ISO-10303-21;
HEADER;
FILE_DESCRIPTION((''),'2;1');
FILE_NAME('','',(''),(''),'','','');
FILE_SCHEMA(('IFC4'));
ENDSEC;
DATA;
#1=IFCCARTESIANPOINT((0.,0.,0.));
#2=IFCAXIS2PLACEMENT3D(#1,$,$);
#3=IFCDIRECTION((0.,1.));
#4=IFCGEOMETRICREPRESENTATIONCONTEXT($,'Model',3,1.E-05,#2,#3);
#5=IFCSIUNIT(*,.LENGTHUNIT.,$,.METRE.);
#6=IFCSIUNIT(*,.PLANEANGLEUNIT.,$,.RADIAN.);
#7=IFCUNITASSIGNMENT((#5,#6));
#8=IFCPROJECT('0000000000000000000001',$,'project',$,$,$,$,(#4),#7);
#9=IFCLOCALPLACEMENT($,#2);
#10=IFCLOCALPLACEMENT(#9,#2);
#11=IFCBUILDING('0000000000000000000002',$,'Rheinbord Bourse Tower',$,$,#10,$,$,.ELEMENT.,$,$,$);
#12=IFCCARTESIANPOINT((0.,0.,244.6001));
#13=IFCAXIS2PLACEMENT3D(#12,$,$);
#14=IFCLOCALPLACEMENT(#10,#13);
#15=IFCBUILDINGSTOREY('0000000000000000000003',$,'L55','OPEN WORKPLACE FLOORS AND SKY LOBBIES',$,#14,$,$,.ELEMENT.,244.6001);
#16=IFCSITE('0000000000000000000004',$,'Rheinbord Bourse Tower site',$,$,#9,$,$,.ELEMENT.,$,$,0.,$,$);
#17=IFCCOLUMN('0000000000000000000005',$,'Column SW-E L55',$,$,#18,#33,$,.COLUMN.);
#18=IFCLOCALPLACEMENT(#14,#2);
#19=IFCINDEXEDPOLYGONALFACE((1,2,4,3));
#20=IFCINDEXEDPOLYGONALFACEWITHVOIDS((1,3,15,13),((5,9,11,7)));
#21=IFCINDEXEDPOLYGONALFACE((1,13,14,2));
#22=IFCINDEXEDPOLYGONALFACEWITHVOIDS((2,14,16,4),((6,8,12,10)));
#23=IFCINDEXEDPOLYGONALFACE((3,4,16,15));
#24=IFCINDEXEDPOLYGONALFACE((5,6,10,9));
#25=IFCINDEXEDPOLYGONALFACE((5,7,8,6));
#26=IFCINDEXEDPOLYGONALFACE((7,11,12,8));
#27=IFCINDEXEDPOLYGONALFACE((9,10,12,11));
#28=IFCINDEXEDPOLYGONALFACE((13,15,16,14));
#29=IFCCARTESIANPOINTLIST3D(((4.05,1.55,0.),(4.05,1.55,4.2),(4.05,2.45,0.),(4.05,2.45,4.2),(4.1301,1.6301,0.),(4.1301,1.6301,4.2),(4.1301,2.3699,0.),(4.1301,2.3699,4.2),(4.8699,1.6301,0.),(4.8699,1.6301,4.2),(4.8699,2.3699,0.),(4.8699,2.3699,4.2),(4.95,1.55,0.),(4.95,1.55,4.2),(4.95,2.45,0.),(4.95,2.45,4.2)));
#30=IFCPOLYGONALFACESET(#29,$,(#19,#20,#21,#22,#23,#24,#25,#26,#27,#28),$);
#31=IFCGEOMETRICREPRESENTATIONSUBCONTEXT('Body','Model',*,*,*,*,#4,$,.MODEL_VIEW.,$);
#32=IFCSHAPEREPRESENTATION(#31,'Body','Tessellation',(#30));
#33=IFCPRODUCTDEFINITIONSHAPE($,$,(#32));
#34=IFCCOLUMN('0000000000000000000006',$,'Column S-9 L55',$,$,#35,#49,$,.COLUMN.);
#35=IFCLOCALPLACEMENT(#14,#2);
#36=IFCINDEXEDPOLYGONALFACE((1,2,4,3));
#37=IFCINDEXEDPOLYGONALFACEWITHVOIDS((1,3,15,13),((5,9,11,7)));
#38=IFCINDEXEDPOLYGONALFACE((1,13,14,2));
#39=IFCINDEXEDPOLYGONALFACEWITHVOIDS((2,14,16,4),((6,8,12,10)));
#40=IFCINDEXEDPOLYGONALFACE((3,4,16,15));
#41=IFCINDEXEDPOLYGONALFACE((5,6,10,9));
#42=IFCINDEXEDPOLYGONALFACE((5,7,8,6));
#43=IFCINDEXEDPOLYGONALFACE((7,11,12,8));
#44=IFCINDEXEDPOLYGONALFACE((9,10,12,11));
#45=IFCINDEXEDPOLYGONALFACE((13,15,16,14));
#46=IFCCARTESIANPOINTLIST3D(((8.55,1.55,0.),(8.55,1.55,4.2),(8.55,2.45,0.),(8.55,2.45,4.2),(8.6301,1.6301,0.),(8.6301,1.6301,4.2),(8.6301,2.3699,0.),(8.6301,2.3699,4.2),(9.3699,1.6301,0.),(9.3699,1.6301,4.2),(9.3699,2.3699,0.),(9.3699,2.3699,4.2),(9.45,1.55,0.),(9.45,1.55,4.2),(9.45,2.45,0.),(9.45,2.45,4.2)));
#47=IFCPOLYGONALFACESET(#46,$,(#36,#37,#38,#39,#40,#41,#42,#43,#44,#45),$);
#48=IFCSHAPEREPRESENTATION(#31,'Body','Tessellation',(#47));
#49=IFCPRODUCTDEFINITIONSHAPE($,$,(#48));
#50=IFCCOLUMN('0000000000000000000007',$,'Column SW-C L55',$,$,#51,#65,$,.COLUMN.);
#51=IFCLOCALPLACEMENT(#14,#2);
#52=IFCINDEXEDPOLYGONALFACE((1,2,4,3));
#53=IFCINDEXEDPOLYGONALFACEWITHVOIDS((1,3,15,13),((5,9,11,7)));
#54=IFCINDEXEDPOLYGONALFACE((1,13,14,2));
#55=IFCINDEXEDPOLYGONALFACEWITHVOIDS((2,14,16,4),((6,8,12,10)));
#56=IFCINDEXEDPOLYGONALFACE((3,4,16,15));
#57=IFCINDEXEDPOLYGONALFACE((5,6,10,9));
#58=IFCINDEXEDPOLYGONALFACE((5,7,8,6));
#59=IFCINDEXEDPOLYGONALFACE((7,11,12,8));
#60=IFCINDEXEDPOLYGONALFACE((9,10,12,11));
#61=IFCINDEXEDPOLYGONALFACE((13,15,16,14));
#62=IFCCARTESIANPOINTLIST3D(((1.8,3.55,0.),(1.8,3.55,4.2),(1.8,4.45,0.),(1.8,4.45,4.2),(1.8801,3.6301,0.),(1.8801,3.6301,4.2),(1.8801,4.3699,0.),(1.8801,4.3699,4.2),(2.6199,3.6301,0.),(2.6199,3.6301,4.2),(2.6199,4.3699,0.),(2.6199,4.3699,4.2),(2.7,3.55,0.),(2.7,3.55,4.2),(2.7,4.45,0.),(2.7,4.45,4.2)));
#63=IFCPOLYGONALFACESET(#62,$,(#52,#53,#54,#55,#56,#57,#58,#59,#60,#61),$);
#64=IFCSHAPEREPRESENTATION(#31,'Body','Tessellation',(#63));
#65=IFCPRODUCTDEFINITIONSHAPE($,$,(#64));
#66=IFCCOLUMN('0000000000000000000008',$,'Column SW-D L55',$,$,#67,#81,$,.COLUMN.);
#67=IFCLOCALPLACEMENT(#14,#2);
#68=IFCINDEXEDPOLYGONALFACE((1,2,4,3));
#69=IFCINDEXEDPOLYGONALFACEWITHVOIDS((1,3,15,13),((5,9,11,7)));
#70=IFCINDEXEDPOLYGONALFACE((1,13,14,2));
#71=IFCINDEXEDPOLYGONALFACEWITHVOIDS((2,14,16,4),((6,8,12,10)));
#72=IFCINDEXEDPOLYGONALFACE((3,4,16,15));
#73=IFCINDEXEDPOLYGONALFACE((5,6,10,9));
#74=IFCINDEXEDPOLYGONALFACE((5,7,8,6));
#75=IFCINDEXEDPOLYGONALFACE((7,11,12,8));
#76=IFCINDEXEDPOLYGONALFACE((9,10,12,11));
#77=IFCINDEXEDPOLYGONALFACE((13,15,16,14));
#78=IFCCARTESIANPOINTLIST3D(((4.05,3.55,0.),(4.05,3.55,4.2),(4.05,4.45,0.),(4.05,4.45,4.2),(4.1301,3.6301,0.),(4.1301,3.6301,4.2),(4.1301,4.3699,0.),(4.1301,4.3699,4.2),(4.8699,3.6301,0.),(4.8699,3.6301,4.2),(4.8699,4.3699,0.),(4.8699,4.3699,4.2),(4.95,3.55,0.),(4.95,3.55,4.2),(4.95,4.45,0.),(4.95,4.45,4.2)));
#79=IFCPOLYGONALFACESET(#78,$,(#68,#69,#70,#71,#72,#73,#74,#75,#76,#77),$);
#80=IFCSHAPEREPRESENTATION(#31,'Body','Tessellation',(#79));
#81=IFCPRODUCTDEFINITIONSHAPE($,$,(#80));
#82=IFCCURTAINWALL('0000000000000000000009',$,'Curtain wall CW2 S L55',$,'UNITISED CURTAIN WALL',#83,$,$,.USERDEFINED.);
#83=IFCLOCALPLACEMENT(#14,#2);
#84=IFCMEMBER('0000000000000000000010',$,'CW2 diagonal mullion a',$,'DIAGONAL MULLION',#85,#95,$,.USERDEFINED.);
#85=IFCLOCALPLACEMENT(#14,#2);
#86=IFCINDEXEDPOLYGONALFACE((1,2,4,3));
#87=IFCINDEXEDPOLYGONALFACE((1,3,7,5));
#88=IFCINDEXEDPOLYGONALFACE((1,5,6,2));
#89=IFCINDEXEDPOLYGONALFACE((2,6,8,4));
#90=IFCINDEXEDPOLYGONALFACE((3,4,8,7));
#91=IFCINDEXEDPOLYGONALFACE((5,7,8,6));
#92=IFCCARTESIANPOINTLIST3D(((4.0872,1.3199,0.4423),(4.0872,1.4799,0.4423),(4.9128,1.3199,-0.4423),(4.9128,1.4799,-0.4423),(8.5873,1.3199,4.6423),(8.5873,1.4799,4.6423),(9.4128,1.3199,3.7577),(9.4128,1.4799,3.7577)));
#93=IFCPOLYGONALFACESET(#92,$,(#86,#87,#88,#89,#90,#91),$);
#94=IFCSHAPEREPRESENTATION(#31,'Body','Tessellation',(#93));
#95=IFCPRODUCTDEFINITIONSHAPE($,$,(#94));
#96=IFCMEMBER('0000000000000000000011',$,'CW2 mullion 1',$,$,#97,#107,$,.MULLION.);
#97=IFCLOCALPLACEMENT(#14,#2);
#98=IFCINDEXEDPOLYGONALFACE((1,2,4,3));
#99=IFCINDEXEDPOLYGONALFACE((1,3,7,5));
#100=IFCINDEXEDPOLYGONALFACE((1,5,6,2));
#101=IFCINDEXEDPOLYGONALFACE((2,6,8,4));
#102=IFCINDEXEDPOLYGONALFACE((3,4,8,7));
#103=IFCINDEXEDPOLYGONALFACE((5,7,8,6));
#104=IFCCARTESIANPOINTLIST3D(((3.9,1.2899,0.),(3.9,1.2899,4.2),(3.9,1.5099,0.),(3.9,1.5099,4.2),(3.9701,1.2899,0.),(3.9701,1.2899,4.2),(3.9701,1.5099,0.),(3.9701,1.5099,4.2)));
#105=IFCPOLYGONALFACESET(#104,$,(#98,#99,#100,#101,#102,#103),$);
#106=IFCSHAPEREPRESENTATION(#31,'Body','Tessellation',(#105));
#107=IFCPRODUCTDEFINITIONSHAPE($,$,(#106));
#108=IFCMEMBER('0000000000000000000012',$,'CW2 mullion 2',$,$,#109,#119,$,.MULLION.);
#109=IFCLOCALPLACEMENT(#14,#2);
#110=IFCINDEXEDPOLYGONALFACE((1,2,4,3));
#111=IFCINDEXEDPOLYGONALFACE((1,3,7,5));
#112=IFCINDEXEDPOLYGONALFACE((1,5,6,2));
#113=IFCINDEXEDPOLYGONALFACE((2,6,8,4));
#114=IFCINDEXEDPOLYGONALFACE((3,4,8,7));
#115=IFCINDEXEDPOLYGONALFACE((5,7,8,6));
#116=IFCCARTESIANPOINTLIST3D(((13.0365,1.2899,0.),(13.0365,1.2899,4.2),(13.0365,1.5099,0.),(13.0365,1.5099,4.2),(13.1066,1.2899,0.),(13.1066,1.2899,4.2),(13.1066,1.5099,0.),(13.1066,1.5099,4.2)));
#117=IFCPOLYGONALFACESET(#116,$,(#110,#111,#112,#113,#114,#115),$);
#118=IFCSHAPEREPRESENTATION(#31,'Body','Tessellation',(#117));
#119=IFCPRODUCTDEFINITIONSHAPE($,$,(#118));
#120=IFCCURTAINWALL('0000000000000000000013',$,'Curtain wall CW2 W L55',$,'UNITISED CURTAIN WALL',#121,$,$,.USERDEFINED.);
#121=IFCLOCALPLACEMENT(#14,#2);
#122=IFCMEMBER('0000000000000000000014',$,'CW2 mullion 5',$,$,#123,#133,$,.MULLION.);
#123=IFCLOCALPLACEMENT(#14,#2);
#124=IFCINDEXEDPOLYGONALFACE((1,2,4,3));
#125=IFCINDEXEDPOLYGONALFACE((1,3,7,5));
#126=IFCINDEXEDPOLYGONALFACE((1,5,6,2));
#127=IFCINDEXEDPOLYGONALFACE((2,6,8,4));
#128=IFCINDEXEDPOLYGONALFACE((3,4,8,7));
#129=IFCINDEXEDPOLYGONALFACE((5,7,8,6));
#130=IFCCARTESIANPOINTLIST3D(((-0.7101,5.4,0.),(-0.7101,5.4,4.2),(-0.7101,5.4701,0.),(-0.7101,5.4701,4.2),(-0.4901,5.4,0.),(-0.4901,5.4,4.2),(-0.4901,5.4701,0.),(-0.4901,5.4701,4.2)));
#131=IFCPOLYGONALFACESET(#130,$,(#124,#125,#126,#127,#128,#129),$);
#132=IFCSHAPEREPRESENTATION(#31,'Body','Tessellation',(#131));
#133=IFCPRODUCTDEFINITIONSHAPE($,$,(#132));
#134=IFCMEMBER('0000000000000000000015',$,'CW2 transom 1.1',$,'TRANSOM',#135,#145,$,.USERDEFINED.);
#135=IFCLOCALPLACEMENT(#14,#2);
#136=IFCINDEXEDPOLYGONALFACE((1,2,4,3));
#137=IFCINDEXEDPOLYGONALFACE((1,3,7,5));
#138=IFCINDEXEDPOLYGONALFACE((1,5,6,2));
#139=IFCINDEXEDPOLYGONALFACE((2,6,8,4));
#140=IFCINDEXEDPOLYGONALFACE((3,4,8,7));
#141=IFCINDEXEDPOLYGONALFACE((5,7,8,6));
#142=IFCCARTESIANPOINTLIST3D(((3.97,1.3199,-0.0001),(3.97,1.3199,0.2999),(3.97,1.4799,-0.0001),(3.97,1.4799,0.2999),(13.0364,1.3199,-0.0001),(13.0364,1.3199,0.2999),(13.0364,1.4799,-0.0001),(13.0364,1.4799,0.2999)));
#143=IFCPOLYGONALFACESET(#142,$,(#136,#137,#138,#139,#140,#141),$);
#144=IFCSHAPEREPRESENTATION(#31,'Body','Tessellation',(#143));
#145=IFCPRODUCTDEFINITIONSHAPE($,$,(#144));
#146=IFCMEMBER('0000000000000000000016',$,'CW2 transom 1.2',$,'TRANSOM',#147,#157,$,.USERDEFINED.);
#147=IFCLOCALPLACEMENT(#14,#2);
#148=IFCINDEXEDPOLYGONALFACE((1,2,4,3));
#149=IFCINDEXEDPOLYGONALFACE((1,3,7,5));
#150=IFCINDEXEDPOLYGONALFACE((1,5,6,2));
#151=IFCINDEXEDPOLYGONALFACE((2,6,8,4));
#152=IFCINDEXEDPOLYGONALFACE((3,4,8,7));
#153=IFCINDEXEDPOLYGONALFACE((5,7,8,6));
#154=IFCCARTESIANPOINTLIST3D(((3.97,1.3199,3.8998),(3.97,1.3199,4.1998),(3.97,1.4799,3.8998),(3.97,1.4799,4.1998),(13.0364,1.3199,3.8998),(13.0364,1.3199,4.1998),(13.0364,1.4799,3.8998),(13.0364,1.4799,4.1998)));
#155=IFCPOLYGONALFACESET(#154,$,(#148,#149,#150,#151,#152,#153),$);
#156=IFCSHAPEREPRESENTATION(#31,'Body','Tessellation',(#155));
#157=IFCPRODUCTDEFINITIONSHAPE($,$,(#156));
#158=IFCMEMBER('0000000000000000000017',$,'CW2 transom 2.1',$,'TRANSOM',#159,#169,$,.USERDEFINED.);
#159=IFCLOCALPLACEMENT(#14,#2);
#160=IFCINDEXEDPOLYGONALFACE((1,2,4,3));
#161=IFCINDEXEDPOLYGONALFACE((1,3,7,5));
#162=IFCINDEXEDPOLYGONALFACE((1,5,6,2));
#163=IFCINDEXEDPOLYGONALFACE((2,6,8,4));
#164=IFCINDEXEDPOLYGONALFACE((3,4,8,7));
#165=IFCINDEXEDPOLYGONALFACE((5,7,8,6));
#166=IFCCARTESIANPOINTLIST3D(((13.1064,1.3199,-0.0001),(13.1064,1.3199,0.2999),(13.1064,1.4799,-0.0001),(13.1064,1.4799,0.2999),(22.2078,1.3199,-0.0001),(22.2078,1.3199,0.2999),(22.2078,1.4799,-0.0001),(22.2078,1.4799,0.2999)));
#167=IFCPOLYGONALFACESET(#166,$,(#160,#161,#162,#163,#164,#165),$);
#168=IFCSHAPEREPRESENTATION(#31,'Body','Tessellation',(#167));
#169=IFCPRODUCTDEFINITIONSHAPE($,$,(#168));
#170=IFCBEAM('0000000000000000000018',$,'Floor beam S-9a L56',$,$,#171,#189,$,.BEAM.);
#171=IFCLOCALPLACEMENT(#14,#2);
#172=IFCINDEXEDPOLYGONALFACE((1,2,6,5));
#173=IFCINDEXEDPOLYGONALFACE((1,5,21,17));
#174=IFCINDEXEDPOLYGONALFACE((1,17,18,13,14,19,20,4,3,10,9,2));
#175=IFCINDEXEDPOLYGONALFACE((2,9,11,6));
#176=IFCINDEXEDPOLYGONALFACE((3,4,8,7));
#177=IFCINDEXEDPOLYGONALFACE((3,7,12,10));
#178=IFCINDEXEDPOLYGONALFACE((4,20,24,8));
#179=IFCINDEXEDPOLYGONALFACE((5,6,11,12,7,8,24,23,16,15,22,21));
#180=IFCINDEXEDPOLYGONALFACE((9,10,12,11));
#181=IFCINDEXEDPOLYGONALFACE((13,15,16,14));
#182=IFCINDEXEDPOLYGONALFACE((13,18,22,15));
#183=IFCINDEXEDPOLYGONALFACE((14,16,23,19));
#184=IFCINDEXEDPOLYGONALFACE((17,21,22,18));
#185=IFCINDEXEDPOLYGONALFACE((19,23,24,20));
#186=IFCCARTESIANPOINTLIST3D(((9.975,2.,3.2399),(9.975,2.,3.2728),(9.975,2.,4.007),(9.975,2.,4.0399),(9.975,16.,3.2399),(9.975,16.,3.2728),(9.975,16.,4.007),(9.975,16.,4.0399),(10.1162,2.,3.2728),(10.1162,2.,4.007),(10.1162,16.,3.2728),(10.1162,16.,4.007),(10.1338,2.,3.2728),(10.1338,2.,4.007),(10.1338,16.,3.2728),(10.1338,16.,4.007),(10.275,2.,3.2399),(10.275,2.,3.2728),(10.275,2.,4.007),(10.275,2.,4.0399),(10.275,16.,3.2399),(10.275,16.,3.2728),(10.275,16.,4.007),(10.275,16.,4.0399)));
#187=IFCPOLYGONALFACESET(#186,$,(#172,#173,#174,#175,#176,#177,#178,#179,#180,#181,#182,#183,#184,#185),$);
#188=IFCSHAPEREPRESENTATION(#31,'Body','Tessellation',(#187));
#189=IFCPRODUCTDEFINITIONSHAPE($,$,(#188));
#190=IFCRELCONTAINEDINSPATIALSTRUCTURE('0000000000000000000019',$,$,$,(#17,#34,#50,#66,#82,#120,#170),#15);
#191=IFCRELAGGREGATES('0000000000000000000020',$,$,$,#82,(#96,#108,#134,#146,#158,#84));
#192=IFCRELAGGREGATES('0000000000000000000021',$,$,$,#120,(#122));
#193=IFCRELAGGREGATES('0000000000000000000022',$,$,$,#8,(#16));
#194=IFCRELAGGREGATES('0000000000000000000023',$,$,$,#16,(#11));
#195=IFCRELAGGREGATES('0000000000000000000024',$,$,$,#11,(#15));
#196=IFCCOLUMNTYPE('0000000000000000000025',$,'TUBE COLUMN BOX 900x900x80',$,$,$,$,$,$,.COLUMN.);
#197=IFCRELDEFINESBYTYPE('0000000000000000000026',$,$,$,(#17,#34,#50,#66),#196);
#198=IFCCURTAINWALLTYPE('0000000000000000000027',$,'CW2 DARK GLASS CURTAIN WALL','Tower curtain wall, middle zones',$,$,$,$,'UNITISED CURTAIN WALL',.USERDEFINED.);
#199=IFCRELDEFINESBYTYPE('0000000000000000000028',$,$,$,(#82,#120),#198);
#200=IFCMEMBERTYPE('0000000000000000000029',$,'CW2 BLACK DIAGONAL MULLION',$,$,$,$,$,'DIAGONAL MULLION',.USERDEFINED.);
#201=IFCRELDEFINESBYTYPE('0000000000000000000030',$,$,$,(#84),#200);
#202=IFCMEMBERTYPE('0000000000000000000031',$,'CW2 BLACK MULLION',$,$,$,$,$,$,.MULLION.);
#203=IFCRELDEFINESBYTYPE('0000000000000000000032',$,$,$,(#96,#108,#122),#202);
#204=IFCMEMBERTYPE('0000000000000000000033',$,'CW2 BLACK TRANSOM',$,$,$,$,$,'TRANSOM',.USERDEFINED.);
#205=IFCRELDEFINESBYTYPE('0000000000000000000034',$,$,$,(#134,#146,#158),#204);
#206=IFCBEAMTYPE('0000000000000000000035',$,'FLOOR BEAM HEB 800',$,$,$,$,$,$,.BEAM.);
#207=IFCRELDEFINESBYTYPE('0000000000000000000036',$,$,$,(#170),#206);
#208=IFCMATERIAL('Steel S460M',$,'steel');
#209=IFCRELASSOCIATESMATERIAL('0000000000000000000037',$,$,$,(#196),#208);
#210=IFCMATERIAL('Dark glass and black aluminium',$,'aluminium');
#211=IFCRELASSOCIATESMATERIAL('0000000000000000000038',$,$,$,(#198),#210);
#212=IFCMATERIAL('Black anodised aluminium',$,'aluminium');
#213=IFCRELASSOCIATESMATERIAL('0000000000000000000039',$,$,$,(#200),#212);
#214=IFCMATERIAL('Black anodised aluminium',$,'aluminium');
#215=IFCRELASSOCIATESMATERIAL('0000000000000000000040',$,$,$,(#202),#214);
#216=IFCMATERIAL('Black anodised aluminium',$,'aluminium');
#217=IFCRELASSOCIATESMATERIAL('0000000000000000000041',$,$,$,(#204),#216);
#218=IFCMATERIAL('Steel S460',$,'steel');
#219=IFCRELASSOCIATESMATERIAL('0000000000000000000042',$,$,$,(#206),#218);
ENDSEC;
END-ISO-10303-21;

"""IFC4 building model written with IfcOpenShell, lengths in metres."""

from ifc_helpers import new_model, si_unit, direction, frame, origin, origin_2d, place, context, subcontext, project, spatial, rectangle, hollow_rectangle, i_section, extrude, material, material_profile, profile_set, type_object, element, aggregate, save


model = new_model("IFC4")

# Units and contexts
model_context = context("Model", 3, precision=1e-05, world=origin(), true_north=direction((0.0, 1.0)))
body_context = subcontext(model_context, "Body", "Model", "MODEL_VIEW")
ifc_project = project(units=[si_unit("LENGTHUNIT", "METRE"), si_unit("PLANEANGLEUNIT", "RADIAN")], contexts=[model_context])

# Site, building, storey
site_placement = place(None, origin())
site = spatial("IfcSite", under=ifc_project, at=site_placement, Name="Rheinbord Bourse Tower site", CompositionType="ELEMENT", RefElevation=0.0)
building_placement = place(site_placement, origin())
building = spatial("IfcBuilding", under=site, at=building_placement, Name="Rheinbord Bourse Tower", CompositionType="ELEMENT")
storey_placement = place(building_placement, frame((0.0, 0.0, 244.6001)))
storey = spatial("IfcBuildingStorey", under=building, at=storey_placement, Name="L55", Description="OPEN WORKPLACE FLOORS AND SKY LOBBIES", CompositionType="ELEMENT", Elevation=244.6001)

# Columns
ifc_material_1 = material(Name="Steel S460M", Category="steel")
ifc_material_profile_1 = material_profile(ifc_material_1, hollow_rectangle(XDim=0.8999, YDim=0.8999, WallThickness=0.0801, at=origin_2d()), Name="BOX 900x900x80")
ifc_profile_set_1 = profile_set([ifc_material_profile_1], Name="Steel S460M")
column_type = type_object("IfcColumnType", Name="TUBE COLUMN BOX 900x900x80", PredefinedType="COLUMN", material=ifc_profile_set_1)
for number, where, z_axis, x_axis, name in (
    (1, (4.5, 2.0, 0.0), (0.0, 0.0, 1.0), (0.0, 1.0, 0.0), "Column SW-E L55"),
    (2, (9.0, 2.0, 0.0), (0.0, 0.0, 1.0), (0.0, 1.0, 0.0), "Column S-9 L55"),
    (3, (2.25, 4.0, 0.0), (0.0, 0.0, 1.0), (1.0, 0.0, 0.0), "Column SW-C L55"),
    (4, (4.5, 4.0, 0.0), (0.0, 0.0, 1.0), (0.0, 1.0, 0.0), "Column SW-D L55"),
):
    element("IfcColumn", number, at=place(storey_placement, frame(where, z_axis=z_axis, x_axis=x_axis)), inside=storey, type_object=column_type, Name=name, PredefinedType="COLUMN", context=body_context, shape_type="SweptSolid", body=[
        extrude(hollow_rectangle(XDim=0.8999, YDim=0.8999, WallThickness=0.0801, at=origin_2d()), origin(), (0.0, 0.0, 1.0), 4.2),
    ])

# Curtain wall, members
ifc_material_2 = material(Name="Dark glass and black aluminium", Category="aluminium")
curtain_wall_type = type_object("IfcCurtainWallType", Name="CW2 DARK GLASS CURTAIN WALL", Description="Tower curtain wall, middle zones", ElementType="UNITISED CURTAIN WALL", PredefinedType="USERDEFINED", material=ifc_material_2)
curtain_wall_1_placement = place(storey_placement, origin())
curtain_wall_1 = element("IfcCurtainWall", 5, at=curtain_wall_1_placement, inside=storey, type_object=curtain_wall_type, Name="Curtain wall CW2 S L55", ObjectType="UNITISED CURTAIN WALL", PredefinedType="USERDEFINED")
ifc_material_3 = material(Name="Black anodised aluminium", Category="aluminium")
ifc_material_profile_2 = material_profile(ifc_material_3, rectangle(XDim=0.1599, YDim=1.21, at=origin_2d()), Name="CW2 DIAGONAL MULLION 1210x160")
ifc_profile_set_2 = profile_set([ifc_material_profile_2], Name="Black anodised aluminium")
member_type_1 = type_object("IfcMemberType", Name="CW2 BLACK DIAGONAL MULLION", ElementType="DIAGONAL MULLION", PredefinedType="USERDEFINED", material=ifc_profile_set_2)
member_1_placement = place(storey_placement, frame((4.5, 1.3999, 0.0), z_axis=(0.731059, 0.0, 0.682314), x_axis=(0.0, 1.0, 0.0)))
member_1 = element("IfcMember", 6, at=member_1_placement, type_object=member_type_1, Name="CW2 diagonal mullion a", ObjectType="DIAGONAL MULLION", PredefinedType="USERDEFINED", context=body_context, shape_type="SweptSolid", body=[
    extrude(rectangle(XDim=0.1599, YDim=1.21, at=origin_2d()), origin(), (0.0, 0.0, 1.0), 6.1555),
])
ifc_material_4 = material(Name="Black anodised aluminium", Category="aluminium")
ifc_material_profile_3 = material_profile(ifc_material_4, rectangle(XDim=0.22, YDim=0.0701, at=origin_2d()), Name="CW2 MULLION 70x220")
ifc_profile_set_3 = profile_set([ifc_material_profile_3], Name="Black anodised aluminium")
member_type_2 = type_object("IfcMemberType", Name="CW2 BLACK MULLION", PredefinedType="MULLION", material=ifc_profile_set_3)
member_2_placement = place(storey_placement, frame((3.9351, 1.3999, 0.0), z_axis=(0.0, 0.0, 1.0), x_axis=(0.0, 1.0, 0.0)))
member_2 = element("IfcMember", 7, at=member_2_placement, type_object=member_type_2, Name="CW2 mullion 1", PredefinedType="MULLION", context=body_context, shape_type="SweptSolid", body=[
    extrude(rectangle(XDim=0.22, YDim=0.0701, at=origin_2d()), origin(), (0.0, 0.0, 1.0), 4.2),
])
member_3_placement = place(storey_placement, frame((13.0715, 1.3999, 0.0), z_axis=(0.0, 0.0, 1.0), x_axis=(0.0, 1.0, 0.0)))
member_3 = element("IfcMember", 8, at=member_3_placement, type_object=member_type_2, Name="CW2 mullion 2", PredefinedType="MULLION", context=body_context, shape_type="SweptSolid", body=[
    extrude(rectangle(XDim=0.22, YDim=0.0701, at=origin_2d()), origin(), (0.0, 0.0, 1.0), 4.2),
])

# Curtain wall, member
curtain_wall_2_placement = place(storey_placement, origin())
curtain_wall_2 = element("IfcCurtainWall", 9, at=curtain_wall_2_placement, inside=storey, type_object=curtain_wall_type, Name="Curtain wall CW2 W L55", ObjectType="UNITISED CURTAIN WALL", PredefinedType="USERDEFINED")
member_4_placement = place(storey_placement, frame((-0.6001, 5.4351, 0.0), z_axis=(0.0, 0.0, 1.0), x_axis=(1.0, 0.0, 0.0)))
member_4 = element("IfcMember", 10, at=member_4_placement, type_object=member_type_2, Name="CW2 mullion 5", PredefinedType="MULLION", context=body_context, shape_type="SweptSolid", body=[
    extrude(rectangle(XDim=0.22, YDim=0.0701, at=origin_2d()), origin(), (0.0, 0.0, 1.0), 4.2),
])

# Members
ifc_material_5 = material(Name="Black anodised aluminium", Category="aluminium")
ifc_material_profile_4 = material_profile(ifc_material_5, rectangle(XDim=0.1599, YDim=0.3, at=origin_2d()), Name="CW2 TRANSOM 300x160")
ifc_profile_set_4 = profile_set([ifc_material_profile_4], Name="Black anodised aluminium")
member_type_3 = type_object("IfcMemberType", Name="CW2 BLACK TRANSOM", ElementType="TRANSOM", PredefinedType="USERDEFINED", material=ifc_profile_set_4)
member_5_placement = place(storey_placement, frame((3.97, 1.3999, 0.1499), z_axis=(1.0, 0.0, 0.0), x_axis=(0.0, 1.0, 0.0)))
member_5 = element("IfcMember", 11, at=member_5_placement, type_object=member_type_3, Name="CW2 transom 1.1", ObjectType="TRANSOM", PredefinedType="USERDEFINED", context=body_context, shape_type="SweptSolid", body=[
    extrude(rectangle(XDim=0.1599, YDim=0.3, at=origin_2d()), origin(), (0.0, 0.0, 1.0), 9.0664),
])
member_6_placement = place(storey_placement, frame((3.97, 1.3999, 4.0498), z_axis=(1.0, 0.0, 0.0), x_axis=(0.0, 1.0, 0.0)))
member_6 = element("IfcMember", 12, at=member_6_placement, type_object=member_type_3, Name="CW2 transom 1.2", ObjectType="TRANSOM", PredefinedType="USERDEFINED", context=body_context, shape_type="SweptSolid", body=[
    extrude(rectangle(XDim=0.1599, YDim=0.3, at=origin_2d()), origin(), (0.0, 0.0, 1.0), 9.0664),
])
member_7_placement = place(storey_placement, frame((13.1064, 1.3999, 0.1499), z_axis=(1.0, 0.0, 0.0), x_axis=(0.0, 1.0, 0.0)))
member_7 = element("IfcMember", 13, at=member_7_placement, type_object=member_type_3, Name="CW2 transom 2.1", ObjectType="TRANSOM", PredefinedType="USERDEFINED", context=body_context, shape_type="SweptSolid", body=[
    extrude(rectangle(XDim=0.1599, YDim=0.3, at=origin_2d()), origin(), (0.0, 0.0, 1.0), 9.1013),
])

# Beam
ifc_material_6 = material(Name="Steel S460", Category="steel")
ifc_material_profile_5 = material_profile(ifc_material_6, i_section(OverallWidth=0.3, OverallDepth=0.8, WebThickness=0.0176, FlangeThickness=0.033, at=origin_2d()), Name="HEB 800")
ifc_profile_set_5 = profile_set([ifc_material_profile_5], Name="Steel S460")
beam_type_1 = type_object("IfcBeamType", Name="FLOOR BEAM HEB 800", PredefinedType="BEAM", material=ifc_profile_set_5)
for number, where, z_axis, x_axis, name in (
    (14, (10.125, 2.0, 3.6399), (0.0, 1.0, 0.0), (-1.0, 0.0, 0.0), "Floor beam S-9a L56"),
):
    element("IfcBeam", number, at=place(storey_placement, frame(where, z_axis=z_axis, x_axis=x_axis)), inside=storey, type_object=beam_type_1, Name=name, PredefinedType="BEAM", context=body_context, shape_type="SweptSolid", body=[
        extrude(i_section(OverallWidth=0.3, OverallDepth=0.8, WebThickness=0.0176, FlangeThickness=0.033, at=origin_2d()), origin(), (0.0, 0.0, 1.0), 14.0),
    ])

aggregate(curtain_wall_1, [member_2, member_3, member_5, member_6, member_7, member_1])
aggregate(curtain_wall_2, [member_4])

save(model, "model.ifc")
